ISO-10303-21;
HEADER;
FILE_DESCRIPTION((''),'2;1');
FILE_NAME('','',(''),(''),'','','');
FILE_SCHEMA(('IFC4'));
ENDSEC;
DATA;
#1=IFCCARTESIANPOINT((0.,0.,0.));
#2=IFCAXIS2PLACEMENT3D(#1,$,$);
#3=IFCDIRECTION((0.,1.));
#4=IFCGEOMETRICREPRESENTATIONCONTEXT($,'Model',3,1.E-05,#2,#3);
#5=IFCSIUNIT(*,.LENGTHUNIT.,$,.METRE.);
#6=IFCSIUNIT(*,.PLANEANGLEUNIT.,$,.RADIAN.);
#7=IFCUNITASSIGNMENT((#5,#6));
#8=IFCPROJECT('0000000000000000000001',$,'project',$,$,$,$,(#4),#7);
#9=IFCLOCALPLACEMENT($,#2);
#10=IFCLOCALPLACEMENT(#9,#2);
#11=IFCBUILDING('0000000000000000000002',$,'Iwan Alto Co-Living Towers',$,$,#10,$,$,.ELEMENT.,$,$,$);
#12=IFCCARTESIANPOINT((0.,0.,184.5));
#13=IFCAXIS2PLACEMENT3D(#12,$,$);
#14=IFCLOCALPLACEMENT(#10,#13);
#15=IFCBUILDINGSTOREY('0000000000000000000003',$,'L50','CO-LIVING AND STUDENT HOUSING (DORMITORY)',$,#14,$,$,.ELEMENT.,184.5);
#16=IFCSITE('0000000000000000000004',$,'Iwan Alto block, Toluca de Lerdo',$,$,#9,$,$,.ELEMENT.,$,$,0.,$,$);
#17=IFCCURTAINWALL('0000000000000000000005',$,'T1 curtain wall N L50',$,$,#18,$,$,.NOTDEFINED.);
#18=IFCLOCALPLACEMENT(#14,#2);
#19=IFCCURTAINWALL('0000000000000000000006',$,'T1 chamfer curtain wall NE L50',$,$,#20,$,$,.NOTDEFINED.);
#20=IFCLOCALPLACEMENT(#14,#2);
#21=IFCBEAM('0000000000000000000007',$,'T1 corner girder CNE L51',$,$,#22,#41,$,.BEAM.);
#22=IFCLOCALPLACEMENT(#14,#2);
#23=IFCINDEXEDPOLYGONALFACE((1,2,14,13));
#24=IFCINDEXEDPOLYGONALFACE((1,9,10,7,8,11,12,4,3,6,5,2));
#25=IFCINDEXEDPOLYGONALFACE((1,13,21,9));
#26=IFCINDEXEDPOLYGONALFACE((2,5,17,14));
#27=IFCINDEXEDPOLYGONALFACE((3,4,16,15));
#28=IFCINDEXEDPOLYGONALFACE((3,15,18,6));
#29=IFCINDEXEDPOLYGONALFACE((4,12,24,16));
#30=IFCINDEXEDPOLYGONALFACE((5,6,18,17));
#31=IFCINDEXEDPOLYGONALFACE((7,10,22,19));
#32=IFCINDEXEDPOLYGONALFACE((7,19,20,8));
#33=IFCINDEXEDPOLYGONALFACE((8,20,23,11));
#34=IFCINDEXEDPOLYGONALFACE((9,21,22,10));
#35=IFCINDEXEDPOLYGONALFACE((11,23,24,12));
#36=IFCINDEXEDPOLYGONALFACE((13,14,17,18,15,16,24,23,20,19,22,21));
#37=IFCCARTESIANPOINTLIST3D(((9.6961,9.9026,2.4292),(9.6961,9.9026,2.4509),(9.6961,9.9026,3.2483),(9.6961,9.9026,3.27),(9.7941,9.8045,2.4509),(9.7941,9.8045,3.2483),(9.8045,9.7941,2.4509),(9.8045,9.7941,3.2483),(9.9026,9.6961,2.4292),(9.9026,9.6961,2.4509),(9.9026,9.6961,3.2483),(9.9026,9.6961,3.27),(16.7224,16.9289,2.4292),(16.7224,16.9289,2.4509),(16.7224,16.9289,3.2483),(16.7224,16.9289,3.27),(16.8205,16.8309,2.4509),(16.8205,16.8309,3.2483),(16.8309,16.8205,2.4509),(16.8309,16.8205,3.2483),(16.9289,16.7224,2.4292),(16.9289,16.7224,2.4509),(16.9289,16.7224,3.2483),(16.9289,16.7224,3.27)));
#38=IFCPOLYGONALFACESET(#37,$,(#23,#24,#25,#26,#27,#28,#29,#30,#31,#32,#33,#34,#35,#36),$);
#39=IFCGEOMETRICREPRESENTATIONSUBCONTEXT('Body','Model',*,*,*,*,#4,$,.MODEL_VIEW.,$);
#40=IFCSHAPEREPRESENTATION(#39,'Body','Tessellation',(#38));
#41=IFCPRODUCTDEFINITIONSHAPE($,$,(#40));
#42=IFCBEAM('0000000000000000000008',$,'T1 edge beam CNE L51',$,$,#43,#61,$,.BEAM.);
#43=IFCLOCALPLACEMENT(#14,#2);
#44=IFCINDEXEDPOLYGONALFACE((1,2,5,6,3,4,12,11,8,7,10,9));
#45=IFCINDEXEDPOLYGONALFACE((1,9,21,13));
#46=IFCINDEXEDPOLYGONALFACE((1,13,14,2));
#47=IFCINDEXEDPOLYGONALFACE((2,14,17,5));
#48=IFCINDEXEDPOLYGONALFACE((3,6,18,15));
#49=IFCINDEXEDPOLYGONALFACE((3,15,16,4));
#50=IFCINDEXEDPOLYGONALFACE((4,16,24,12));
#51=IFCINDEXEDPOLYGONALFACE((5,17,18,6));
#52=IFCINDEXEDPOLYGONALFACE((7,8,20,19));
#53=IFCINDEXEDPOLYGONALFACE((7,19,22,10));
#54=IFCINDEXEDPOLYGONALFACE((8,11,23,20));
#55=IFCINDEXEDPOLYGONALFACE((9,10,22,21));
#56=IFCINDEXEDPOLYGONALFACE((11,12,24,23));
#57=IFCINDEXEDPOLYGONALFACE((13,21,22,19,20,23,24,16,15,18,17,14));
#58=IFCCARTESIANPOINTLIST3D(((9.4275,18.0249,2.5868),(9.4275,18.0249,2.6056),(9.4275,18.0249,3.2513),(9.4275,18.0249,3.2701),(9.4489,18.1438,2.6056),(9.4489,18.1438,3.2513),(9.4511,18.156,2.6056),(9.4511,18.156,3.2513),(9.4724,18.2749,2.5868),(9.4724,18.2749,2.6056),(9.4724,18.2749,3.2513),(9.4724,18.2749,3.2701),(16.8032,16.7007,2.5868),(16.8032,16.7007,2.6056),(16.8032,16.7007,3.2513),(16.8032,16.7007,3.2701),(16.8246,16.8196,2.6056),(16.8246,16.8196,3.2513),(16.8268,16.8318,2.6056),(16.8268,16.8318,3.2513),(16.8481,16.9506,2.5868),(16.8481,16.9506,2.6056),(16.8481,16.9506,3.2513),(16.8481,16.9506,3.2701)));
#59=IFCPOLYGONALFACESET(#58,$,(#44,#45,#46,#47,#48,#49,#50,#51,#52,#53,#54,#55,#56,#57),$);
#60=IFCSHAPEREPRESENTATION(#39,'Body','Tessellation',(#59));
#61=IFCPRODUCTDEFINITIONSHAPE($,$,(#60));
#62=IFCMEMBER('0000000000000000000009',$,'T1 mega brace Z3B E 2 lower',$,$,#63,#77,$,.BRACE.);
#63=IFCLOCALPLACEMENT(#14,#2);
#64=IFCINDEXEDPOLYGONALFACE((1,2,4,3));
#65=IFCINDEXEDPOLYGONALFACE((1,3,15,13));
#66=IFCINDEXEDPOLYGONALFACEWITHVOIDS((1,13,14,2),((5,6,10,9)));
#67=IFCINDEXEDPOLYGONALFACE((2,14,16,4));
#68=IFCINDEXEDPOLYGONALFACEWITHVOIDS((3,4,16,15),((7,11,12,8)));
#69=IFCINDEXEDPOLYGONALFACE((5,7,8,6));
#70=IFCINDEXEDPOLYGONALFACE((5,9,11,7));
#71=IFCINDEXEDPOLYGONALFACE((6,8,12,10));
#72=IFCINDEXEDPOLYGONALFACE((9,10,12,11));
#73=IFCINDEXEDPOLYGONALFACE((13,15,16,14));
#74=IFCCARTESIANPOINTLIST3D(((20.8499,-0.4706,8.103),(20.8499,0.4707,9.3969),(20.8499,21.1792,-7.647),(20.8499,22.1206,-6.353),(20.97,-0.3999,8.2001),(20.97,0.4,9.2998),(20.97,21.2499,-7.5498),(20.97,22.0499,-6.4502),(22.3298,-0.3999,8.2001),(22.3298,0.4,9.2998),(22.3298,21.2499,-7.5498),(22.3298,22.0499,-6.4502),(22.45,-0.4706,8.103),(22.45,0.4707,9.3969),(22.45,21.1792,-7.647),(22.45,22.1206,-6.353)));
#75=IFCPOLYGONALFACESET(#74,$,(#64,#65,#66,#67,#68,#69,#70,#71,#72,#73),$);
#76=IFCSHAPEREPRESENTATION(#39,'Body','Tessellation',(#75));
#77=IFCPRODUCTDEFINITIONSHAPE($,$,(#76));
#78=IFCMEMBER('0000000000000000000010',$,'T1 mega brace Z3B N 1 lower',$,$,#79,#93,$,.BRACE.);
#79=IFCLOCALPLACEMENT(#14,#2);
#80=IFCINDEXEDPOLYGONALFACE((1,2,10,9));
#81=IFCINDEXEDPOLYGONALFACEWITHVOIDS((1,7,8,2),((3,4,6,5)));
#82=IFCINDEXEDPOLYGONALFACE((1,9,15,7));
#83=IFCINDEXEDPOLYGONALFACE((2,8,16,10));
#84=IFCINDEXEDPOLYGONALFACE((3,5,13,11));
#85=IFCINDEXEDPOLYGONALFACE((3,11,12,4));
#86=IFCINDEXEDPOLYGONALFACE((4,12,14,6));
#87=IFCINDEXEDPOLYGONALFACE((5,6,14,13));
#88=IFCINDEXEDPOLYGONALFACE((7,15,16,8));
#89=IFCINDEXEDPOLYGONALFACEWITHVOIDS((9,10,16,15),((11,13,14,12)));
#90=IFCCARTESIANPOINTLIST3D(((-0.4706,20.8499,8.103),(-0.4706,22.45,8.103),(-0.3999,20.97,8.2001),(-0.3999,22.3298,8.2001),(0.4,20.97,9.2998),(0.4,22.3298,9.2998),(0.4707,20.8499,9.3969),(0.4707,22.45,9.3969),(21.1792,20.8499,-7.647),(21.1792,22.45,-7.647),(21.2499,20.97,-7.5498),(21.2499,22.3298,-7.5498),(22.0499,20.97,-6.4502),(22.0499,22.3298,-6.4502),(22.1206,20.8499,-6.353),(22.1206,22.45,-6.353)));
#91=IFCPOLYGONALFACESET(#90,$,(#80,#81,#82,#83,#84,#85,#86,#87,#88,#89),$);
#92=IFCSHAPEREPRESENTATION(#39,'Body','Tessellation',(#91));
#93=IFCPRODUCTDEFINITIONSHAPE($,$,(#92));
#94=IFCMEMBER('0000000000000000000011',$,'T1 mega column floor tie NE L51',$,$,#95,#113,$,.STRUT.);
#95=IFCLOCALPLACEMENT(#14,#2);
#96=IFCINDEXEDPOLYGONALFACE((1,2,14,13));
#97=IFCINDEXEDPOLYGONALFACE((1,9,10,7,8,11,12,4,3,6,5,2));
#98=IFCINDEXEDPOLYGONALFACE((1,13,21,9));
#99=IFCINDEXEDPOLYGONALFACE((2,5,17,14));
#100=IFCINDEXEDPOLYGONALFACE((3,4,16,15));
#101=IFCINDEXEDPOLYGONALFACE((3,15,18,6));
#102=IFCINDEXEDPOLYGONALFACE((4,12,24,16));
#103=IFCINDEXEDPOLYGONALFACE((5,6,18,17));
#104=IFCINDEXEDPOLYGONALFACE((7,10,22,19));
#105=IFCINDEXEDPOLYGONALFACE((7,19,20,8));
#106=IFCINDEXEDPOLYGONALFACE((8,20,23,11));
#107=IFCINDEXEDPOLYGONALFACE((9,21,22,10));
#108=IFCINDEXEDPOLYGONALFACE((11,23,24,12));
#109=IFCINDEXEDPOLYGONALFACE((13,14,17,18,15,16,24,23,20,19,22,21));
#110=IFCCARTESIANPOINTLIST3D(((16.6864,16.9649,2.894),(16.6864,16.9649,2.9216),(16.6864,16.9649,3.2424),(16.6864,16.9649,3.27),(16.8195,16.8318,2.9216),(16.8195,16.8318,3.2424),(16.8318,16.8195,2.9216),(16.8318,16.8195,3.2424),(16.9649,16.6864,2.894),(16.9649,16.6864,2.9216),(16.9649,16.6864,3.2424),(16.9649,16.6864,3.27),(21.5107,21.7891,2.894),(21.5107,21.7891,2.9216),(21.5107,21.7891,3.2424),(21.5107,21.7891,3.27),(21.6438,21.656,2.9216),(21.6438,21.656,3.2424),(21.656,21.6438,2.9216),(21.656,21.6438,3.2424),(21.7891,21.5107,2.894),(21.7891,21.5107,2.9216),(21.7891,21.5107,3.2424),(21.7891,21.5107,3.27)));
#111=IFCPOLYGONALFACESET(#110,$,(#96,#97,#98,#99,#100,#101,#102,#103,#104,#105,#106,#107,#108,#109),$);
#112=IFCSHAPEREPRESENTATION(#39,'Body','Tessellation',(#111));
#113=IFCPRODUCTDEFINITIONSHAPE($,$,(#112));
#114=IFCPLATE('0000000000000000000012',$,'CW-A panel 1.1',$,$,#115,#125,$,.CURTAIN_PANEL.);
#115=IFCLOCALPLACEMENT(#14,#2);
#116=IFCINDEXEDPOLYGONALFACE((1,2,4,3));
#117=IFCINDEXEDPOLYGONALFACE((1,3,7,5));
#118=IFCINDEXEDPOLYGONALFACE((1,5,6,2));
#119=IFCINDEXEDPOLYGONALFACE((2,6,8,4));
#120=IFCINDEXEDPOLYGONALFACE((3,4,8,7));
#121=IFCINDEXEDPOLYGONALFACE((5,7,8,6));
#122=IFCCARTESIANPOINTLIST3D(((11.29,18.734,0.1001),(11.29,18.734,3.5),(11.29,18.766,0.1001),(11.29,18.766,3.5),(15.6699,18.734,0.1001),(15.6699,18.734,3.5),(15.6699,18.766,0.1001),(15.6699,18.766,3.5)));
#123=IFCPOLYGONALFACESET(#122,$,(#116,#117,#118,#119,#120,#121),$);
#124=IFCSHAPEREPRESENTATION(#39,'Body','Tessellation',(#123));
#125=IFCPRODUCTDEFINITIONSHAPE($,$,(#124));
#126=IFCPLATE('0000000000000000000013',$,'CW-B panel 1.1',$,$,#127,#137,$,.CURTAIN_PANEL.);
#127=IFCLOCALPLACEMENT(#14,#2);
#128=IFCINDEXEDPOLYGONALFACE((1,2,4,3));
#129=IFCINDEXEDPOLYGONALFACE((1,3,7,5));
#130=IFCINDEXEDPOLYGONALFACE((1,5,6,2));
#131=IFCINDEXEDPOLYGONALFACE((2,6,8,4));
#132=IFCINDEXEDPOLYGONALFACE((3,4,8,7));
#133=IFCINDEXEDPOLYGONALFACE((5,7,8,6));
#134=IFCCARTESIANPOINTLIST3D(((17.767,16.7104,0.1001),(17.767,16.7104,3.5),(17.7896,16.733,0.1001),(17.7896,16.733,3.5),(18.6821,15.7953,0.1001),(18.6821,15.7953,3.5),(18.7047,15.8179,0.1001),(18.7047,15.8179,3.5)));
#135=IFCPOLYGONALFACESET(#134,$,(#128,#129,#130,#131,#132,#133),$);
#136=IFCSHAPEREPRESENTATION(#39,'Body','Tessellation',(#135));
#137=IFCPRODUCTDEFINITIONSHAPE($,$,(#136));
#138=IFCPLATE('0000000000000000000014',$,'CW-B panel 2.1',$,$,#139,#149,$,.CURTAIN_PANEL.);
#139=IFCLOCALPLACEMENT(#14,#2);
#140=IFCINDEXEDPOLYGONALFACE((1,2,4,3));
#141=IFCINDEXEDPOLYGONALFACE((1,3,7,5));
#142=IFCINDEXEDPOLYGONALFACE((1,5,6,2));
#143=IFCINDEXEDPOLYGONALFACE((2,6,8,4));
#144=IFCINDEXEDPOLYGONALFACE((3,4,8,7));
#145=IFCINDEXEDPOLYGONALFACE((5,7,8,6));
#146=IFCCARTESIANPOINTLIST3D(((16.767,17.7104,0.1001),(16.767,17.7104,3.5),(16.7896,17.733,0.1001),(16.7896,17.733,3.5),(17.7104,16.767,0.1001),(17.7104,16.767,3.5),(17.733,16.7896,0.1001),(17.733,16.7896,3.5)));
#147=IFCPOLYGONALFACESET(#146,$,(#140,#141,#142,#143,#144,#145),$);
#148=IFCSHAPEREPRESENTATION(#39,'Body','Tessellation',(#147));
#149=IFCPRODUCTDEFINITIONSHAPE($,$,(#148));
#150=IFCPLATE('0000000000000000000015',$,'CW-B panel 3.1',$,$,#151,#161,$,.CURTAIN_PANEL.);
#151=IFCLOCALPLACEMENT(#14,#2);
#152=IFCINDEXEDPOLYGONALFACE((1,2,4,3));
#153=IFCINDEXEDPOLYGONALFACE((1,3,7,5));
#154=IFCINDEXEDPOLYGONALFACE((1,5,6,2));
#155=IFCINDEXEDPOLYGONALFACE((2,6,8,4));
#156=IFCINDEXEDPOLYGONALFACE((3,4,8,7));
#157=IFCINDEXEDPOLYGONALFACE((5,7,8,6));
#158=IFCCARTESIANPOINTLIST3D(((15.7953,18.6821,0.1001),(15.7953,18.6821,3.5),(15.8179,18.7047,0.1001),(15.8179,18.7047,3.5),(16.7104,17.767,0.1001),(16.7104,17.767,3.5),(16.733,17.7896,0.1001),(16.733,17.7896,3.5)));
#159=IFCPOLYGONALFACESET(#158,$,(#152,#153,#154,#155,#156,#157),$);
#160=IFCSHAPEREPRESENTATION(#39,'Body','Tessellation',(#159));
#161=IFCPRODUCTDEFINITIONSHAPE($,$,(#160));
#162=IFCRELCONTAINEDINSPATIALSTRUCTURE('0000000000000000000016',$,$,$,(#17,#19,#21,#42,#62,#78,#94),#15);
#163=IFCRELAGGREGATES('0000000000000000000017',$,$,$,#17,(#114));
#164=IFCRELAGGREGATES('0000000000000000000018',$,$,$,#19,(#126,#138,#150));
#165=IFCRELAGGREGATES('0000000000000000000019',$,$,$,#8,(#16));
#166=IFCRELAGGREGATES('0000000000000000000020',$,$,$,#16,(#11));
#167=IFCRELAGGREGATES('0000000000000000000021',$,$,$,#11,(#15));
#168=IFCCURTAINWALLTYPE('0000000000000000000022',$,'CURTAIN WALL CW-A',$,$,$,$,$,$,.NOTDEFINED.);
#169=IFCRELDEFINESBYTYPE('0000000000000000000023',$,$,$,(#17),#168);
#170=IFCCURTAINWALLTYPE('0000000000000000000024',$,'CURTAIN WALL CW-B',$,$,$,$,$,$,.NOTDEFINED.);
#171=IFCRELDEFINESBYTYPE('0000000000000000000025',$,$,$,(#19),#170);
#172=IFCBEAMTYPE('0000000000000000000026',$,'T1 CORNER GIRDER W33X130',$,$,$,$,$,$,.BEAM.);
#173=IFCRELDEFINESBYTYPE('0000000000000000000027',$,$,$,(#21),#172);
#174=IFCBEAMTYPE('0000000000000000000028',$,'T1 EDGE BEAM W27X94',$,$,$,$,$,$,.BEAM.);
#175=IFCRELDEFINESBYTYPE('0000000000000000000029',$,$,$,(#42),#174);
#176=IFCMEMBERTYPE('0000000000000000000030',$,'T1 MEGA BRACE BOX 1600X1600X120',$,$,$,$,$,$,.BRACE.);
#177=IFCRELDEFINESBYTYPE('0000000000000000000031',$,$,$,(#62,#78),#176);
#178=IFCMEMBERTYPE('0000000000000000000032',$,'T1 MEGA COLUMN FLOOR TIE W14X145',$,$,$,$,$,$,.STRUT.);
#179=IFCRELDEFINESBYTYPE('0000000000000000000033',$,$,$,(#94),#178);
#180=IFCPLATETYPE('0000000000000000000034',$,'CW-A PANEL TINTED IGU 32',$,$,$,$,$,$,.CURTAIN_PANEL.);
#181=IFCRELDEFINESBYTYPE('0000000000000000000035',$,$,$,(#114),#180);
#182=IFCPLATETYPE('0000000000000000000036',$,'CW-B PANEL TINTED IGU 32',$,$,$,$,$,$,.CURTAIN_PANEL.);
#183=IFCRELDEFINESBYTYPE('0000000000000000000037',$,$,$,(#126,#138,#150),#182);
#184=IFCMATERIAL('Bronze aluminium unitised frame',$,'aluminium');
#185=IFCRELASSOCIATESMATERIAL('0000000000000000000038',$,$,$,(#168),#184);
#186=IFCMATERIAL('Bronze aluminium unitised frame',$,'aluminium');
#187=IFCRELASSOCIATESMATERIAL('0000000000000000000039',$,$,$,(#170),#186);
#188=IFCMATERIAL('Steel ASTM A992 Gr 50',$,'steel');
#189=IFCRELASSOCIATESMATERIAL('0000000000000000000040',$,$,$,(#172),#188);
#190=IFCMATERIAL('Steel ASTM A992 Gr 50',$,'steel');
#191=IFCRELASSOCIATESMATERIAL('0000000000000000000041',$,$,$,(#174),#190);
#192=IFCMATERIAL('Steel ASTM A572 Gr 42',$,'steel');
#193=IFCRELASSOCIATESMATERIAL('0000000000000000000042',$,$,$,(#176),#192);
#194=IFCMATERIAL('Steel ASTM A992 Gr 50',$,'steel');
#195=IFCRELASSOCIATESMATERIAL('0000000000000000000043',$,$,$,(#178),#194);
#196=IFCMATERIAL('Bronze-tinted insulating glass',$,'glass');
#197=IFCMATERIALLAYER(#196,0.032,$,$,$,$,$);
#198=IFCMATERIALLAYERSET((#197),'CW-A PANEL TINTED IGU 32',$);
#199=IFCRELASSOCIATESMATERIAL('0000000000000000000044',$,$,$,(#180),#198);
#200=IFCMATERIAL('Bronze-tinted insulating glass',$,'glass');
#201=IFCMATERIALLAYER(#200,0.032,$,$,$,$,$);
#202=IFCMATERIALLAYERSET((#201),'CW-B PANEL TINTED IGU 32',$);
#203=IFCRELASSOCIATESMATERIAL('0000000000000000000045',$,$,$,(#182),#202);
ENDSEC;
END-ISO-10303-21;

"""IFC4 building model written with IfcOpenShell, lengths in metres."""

from ifc_helpers import new_model, si_unit, direction, frame, origin, origin_2d, place, context, subcontext, project, spatial, rectangle, hollow_rectangle, i_section, extrude, material, layer, layer_set, material_profile, profile_set, type_object, element, aggregate, save


model = new_model("IFC4")

# Units and contexts
model_context = context("Model", 3, precision=1e-05, world=origin(), true_north=direction((0.0, 1.0)))
body_context = subcontext(model_context, "Body", "Model", "MODEL_VIEW")
ifc_project = project(units=[si_unit("LENGTHUNIT", "METRE"), si_unit("PLANEANGLEUNIT", "RADIAN")], contexts=[model_context])

# Site, building, storey
site_placement = place(None, origin())
site = spatial("IfcSite", under=ifc_project, at=site_placement, Name="Iwan Alto block, Toluca de Lerdo", CompositionType="ELEMENT", RefElevation=0.0)
building_placement = place(site_placement, origin())
building = spatial("IfcBuilding", under=site, at=building_placement, Name="Iwan Alto Co-Living Towers", CompositionType="ELEMENT")
storey_placement = place(building_placement, frame((0.0, 0.0, 184.5)))
storey = spatial("IfcBuildingStorey", under=building, at=storey_placement, Name="L50", Description="CO-LIVING AND STUDENT HOUSING (DORMITORY)", CompositionType="ELEMENT", Elevation=184.5)

# Shared definitions
ifc_material_1 = material(Name="Bronze aluminium unitised frame", Category="aluminium")
curtain_wall_type_1 = type_object("IfcCurtainWallType", Name="CURTAIN WALL CW-A", PredefinedType="NOTDEFINED", material=ifc_material_1)

# Curtain walls
curtain_wall_1_placement = place(storey_placement, origin())
curtain_wall_1 = element("IfcCurtainWall", 1, at=curtain_wall_1_placement, inside=storey, type_object=curtain_wall_type_1, Name="T1 curtain wall N L50", PredefinedType="NOTDEFINED")
ifc_material_2 = material(Name="Bronze aluminium unitised frame", Category="aluminium")
curtain_wall_type_2 = type_object("IfcCurtainWallType", Name="CURTAIN WALL CW-B", PredefinedType="NOTDEFINED", material=ifc_material_2)
curtain_wall_2_placement = place(storey_placement, origin())
curtain_wall_2 = element("IfcCurtainWall", 2, at=curtain_wall_2_placement, inside=storey, type_object=curtain_wall_type_2, Name="T1 chamfer curtain wall NE L50", PredefinedType="NOTDEFINED")

# Beams
ifc_material_3 = material(Name="Steel ASTM A992 Gr 50", Category="steel")
ifc_material_profile_1 = material_profile(ifc_material_3, i_section(OverallWidth=0.292, OverallDepth=0.8408, WebThickness=0.0146, FlangeThickness=0.0217, at=origin_2d()), Name="W33X130")
ifc_profile_set_1 = profile_set([ifc_material_profile_1], Name="Steel ASTM A992 Gr 50")
beam_type_1 = type_object("IfcBeamType", Name="T1 CORNER GIRDER W33X130", PredefinedType="BEAM", material=ifc_profile_set_1)
beam_1_placement = place(storey_placement, frame((16.8257, 16.8257, 2.8496), z_axis=(-0.707107, -0.707107, 0.0), x_axis=(0.707107, -0.707107, 0.0)))
element("IfcBeam", 3, at=beam_1_placement, inside=storey, type_object=beam_type_1, Name="T1 corner girder CNE L51", PredefinedType="BEAM", context=body_context, shape_type="SweptSolid", body=[
    extrude(i_section(OverallWidth=0.292, OverallDepth=0.8408, WebThickness=0.0146, FlangeThickness=0.0217, at=origin_2d()), origin(), (0.0, 0.0, 1.0), 9.9368),
])
ifc_material_4 = material(Name="Steel ASTM A992 Gr 50", Category="steel")
ifc_material_profile_2 = material_profile(ifc_material_4, i_section(OverallWidth=0.2539, OverallDepth=0.6833, WebThickness=0.0125, FlangeThickness=0.0188, at=origin_2d()), Name="W27X94")
ifc_profile_set_2 = profile_set([ifc_material_profile_2], Name="Steel ASTM A992 Gr 50")
beam_type_2 = type_object("IfcBeamType", Name="T1 EDGE BEAM W27X94", PredefinedType="BEAM", material=ifc_profile_set_2)
beam_2_placement = place(storey_placement, frame((16.8257, 16.8257, 2.9285), z_axis=(-0.984263, 0.176712, 0.0), x_axis=(-0.176712, -0.984263, 0.0)))
element("IfcBeam", 4, at=beam_2_placement, inside=storey, type_object=beam_type_2, Name="T1 edge beam CNE L51", PredefinedType="BEAM", context=body_context, shape_type="SweptSolid", body=[
    extrude(i_section(OverallWidth=0.2539, OverallDepth=0.6833, WebThickness=0.0125, FlangeThickness=0.0188, at=origin_2d()), origin(), (0.0, 0.0, 1.0), 7.4937),
])

# Members
ifc_material_5 = material(Name="Steel ASTM A572 Gr 42", Category="steel")
ifc_material_profile_3 = material_profile(ifc_material_5, hollow_rectangle(XDim=1.6001, YDim=1.6001, WallThickness=0.1201, at=origin_2d()), Name="BOX 1600X1600X120")
ifc_profile_set_3 = profile_set([ifc_material_profile_3], Name="Steel ASTM A572 Gr 42")
member_type_1 = type_object("IfcMemberType", Name="T1 MEGA BRACE BOX 1600X1600X120", PredefinedType="BRACE", material=ifc_profile_set_3)
for number, where, z_axis, x_axis, name in (
    (5, (21.6499, 21.6499, -7.0), (0.0, -0.808654, 0.588284), (1.0, 0.0, 0.0), "T1 mega brace Z3B E 2 lower"),
    (6, (21.6499, 21.6499, -7.0), (-0.808654, 0.0, 0.588284), (0.0, -1.0, 0.0), "T1 mega brace Z3B N 1 lower"),
):
    element("IfcMember", number, at=place(storey_placement, frame(where, z_axis=z_axis, x_axis=x_axis)), inside=storey, type_object=member_type_1, Name=name, PredefinedType="BRACE", context=body_context, shape_type="SweptSolid", body=[
        extrude(hollow_rectangle(XDim=1.6001, YDim=1.6001, WallThickness=0.1201, at=origin_2d()), origin(), (0.0, 0.0, 1.0), 26.7727),
    ])
ifc_material_6 = material(Name="Steel ASTM A992 Gr 50", Category="steel")
ifc_material_profile_4 = material_profile(ifc_material_6, i_section(OverallWidth=0.3938, OverallDepth=0.376, WebThickness=0.0173, FlangeThickness=0.0276, at=origin_2d()), Name="W14X145")
ifc_profile_set_4 = profile_set([ifc_material_profile_4], Name="Steel ASTM A992 Gr 50")
member_type_2 = type_object("IfcMemberType", Name="T1 MEGA COLUMN FLOOR TIE W14X145", PredefinedType="STRUT", material=ifc_profile_set_4)
member_1_placement = place(storey_placement, frame((21.6499, 21.6499, 3.082), z_axis=(-0.707107, -0.707107, 0.0), x_axis=(0.707107, -0.707107, 0.0)))
element("IfcMember", 7, at=member_1_placement, inside=storey, type_object=member_type_2, Name="T1 mega column floor tie NE L51", PredefinedType="STRUT", context=body_context, shape_type="SweptSolid", body=[
    extrude(i_section(OverallWidth=0.3938, OverallDepth=0.376, WebThickness=0.0173, FlangeThickness=0.0276, at=origin_2d()), origin(), (0.0, 0.0, 1.0), 6.8225),
])

# Plates
ifc_material_7 = material(Name="Bronze-tinted insulating glass", Category="glass")
ifc_layer_1 = layer(ifc_material_7, 0.032)
ifc_layer_set_1 = layer_set([ifc_layer_1], Name="CW-A PANEL TINTED IGU 32")
plate_type_1 = type_object("IfcPlateType", Name="CW-A PANEL TINTED IGU 32", PredefinedType="CURTAIN_PANEL", material=ifc_layer_set_1)
plate_1_placement = place(storey_placement, frame((13.48, 18.75, 0.1001), z_axis=(0.0, 0.0, 1.0), x_axis=(-1.0, 0.0, 0.0)))
plate_1 = element("IfcPlate", 8, at=plate_1_placement, type_object=plate_type_1, Name="CW-A panel 1.1", PredefinedType="CURTAIN_PANEL", context=body_context, shape_type="SweptSolid", body=[
    extrude(rectangle(XDim=4.3799, YDim=0.032, at=origin_2d()), origin(), (0.0, 0.0, 1.0), 3.3999),
])
aggregate(curtain_wall_1, [plate_1])
ifc_material_8 = material(Name="Bronze-tinted insulating glass", Category="glass")
ifc_layer_2 = layer(ifc_material_8, 0.032)
ifc_layer_set_2 = layer_set([ifc_layer_2], Name="CW-B PANEL TINTED IGU 32")
plate_type_2 = type_object("IfcPlateType", Name="CW-B PANEL TINTED IGU 32", PredefinedType="CURTAIN_PANEL", material=ifc_layer_set_2)
plate_2_placement = place(storey_placement, frame((18.2358, 16.2642, 0.1001), z_axis=(0.0, 0.0, 1.0), x_axis=(-0.707107, 0.707107, 0.0)))
plate_2 = element("IfcPlate", 9, at=plate_2_placement, type_object=plate_type_2, Name="CW-B panel 1.1", PredefinedType="CURTAIN_PANEL", context=body_context, shape_type="SweptSolid", body=[
    extrude(rectangle(XDim=1.2942, YDim=0.032, at=origin_2d()), origin(), (0.0, 0.0, 1.0), 3.3999),
])
plate_3_placement = place(storey_placement, frame((17.25, 17.25, 0.1001), z_axis=(0.0, 0.0, 1.0), x_axis=(-0.707107, 0.707107, 0.0)))
plate_3 = element("IfcPlate", 10, at=plate_3_placement, type_object=plate_type_2, Name="CW-B panel 2.1", PredefinedType="CURTAIN_PANEL", context=body_context, shape_type="SweptSolid", body=[
    extrude(rectangle(XDim=1.3342, YDim=0.032, at=origin_2d()), origin(), (0.0, 0.0, 1.0), 3.3999),
])
plate_4_placement = place(storey_placement, frame((16.2642, 18.2358, 0.1001), z_axis=(0.0, 0.0, 1.0), x_axis=(-0.707107, 0.707107, 0.0)))
plate_4 = element("IfcPlate", 11, at=plate_4_placement, type_object=plate_type_2, Name="CW-B panel 3.1", PredefinedType="CURTAIN_PANEL", context=body_context, shape_type="SweptSolid", body=[
    extrude(rectangle(XDim=1.2942, YDim=0.032, at=origin_2d()), origin(), (0.0, 0.0, 1.0), 3.3999),
])
aggregate(curtain_wall_2, [plate_2, plate_3, plate_4])

save(model, "model.ifc")
